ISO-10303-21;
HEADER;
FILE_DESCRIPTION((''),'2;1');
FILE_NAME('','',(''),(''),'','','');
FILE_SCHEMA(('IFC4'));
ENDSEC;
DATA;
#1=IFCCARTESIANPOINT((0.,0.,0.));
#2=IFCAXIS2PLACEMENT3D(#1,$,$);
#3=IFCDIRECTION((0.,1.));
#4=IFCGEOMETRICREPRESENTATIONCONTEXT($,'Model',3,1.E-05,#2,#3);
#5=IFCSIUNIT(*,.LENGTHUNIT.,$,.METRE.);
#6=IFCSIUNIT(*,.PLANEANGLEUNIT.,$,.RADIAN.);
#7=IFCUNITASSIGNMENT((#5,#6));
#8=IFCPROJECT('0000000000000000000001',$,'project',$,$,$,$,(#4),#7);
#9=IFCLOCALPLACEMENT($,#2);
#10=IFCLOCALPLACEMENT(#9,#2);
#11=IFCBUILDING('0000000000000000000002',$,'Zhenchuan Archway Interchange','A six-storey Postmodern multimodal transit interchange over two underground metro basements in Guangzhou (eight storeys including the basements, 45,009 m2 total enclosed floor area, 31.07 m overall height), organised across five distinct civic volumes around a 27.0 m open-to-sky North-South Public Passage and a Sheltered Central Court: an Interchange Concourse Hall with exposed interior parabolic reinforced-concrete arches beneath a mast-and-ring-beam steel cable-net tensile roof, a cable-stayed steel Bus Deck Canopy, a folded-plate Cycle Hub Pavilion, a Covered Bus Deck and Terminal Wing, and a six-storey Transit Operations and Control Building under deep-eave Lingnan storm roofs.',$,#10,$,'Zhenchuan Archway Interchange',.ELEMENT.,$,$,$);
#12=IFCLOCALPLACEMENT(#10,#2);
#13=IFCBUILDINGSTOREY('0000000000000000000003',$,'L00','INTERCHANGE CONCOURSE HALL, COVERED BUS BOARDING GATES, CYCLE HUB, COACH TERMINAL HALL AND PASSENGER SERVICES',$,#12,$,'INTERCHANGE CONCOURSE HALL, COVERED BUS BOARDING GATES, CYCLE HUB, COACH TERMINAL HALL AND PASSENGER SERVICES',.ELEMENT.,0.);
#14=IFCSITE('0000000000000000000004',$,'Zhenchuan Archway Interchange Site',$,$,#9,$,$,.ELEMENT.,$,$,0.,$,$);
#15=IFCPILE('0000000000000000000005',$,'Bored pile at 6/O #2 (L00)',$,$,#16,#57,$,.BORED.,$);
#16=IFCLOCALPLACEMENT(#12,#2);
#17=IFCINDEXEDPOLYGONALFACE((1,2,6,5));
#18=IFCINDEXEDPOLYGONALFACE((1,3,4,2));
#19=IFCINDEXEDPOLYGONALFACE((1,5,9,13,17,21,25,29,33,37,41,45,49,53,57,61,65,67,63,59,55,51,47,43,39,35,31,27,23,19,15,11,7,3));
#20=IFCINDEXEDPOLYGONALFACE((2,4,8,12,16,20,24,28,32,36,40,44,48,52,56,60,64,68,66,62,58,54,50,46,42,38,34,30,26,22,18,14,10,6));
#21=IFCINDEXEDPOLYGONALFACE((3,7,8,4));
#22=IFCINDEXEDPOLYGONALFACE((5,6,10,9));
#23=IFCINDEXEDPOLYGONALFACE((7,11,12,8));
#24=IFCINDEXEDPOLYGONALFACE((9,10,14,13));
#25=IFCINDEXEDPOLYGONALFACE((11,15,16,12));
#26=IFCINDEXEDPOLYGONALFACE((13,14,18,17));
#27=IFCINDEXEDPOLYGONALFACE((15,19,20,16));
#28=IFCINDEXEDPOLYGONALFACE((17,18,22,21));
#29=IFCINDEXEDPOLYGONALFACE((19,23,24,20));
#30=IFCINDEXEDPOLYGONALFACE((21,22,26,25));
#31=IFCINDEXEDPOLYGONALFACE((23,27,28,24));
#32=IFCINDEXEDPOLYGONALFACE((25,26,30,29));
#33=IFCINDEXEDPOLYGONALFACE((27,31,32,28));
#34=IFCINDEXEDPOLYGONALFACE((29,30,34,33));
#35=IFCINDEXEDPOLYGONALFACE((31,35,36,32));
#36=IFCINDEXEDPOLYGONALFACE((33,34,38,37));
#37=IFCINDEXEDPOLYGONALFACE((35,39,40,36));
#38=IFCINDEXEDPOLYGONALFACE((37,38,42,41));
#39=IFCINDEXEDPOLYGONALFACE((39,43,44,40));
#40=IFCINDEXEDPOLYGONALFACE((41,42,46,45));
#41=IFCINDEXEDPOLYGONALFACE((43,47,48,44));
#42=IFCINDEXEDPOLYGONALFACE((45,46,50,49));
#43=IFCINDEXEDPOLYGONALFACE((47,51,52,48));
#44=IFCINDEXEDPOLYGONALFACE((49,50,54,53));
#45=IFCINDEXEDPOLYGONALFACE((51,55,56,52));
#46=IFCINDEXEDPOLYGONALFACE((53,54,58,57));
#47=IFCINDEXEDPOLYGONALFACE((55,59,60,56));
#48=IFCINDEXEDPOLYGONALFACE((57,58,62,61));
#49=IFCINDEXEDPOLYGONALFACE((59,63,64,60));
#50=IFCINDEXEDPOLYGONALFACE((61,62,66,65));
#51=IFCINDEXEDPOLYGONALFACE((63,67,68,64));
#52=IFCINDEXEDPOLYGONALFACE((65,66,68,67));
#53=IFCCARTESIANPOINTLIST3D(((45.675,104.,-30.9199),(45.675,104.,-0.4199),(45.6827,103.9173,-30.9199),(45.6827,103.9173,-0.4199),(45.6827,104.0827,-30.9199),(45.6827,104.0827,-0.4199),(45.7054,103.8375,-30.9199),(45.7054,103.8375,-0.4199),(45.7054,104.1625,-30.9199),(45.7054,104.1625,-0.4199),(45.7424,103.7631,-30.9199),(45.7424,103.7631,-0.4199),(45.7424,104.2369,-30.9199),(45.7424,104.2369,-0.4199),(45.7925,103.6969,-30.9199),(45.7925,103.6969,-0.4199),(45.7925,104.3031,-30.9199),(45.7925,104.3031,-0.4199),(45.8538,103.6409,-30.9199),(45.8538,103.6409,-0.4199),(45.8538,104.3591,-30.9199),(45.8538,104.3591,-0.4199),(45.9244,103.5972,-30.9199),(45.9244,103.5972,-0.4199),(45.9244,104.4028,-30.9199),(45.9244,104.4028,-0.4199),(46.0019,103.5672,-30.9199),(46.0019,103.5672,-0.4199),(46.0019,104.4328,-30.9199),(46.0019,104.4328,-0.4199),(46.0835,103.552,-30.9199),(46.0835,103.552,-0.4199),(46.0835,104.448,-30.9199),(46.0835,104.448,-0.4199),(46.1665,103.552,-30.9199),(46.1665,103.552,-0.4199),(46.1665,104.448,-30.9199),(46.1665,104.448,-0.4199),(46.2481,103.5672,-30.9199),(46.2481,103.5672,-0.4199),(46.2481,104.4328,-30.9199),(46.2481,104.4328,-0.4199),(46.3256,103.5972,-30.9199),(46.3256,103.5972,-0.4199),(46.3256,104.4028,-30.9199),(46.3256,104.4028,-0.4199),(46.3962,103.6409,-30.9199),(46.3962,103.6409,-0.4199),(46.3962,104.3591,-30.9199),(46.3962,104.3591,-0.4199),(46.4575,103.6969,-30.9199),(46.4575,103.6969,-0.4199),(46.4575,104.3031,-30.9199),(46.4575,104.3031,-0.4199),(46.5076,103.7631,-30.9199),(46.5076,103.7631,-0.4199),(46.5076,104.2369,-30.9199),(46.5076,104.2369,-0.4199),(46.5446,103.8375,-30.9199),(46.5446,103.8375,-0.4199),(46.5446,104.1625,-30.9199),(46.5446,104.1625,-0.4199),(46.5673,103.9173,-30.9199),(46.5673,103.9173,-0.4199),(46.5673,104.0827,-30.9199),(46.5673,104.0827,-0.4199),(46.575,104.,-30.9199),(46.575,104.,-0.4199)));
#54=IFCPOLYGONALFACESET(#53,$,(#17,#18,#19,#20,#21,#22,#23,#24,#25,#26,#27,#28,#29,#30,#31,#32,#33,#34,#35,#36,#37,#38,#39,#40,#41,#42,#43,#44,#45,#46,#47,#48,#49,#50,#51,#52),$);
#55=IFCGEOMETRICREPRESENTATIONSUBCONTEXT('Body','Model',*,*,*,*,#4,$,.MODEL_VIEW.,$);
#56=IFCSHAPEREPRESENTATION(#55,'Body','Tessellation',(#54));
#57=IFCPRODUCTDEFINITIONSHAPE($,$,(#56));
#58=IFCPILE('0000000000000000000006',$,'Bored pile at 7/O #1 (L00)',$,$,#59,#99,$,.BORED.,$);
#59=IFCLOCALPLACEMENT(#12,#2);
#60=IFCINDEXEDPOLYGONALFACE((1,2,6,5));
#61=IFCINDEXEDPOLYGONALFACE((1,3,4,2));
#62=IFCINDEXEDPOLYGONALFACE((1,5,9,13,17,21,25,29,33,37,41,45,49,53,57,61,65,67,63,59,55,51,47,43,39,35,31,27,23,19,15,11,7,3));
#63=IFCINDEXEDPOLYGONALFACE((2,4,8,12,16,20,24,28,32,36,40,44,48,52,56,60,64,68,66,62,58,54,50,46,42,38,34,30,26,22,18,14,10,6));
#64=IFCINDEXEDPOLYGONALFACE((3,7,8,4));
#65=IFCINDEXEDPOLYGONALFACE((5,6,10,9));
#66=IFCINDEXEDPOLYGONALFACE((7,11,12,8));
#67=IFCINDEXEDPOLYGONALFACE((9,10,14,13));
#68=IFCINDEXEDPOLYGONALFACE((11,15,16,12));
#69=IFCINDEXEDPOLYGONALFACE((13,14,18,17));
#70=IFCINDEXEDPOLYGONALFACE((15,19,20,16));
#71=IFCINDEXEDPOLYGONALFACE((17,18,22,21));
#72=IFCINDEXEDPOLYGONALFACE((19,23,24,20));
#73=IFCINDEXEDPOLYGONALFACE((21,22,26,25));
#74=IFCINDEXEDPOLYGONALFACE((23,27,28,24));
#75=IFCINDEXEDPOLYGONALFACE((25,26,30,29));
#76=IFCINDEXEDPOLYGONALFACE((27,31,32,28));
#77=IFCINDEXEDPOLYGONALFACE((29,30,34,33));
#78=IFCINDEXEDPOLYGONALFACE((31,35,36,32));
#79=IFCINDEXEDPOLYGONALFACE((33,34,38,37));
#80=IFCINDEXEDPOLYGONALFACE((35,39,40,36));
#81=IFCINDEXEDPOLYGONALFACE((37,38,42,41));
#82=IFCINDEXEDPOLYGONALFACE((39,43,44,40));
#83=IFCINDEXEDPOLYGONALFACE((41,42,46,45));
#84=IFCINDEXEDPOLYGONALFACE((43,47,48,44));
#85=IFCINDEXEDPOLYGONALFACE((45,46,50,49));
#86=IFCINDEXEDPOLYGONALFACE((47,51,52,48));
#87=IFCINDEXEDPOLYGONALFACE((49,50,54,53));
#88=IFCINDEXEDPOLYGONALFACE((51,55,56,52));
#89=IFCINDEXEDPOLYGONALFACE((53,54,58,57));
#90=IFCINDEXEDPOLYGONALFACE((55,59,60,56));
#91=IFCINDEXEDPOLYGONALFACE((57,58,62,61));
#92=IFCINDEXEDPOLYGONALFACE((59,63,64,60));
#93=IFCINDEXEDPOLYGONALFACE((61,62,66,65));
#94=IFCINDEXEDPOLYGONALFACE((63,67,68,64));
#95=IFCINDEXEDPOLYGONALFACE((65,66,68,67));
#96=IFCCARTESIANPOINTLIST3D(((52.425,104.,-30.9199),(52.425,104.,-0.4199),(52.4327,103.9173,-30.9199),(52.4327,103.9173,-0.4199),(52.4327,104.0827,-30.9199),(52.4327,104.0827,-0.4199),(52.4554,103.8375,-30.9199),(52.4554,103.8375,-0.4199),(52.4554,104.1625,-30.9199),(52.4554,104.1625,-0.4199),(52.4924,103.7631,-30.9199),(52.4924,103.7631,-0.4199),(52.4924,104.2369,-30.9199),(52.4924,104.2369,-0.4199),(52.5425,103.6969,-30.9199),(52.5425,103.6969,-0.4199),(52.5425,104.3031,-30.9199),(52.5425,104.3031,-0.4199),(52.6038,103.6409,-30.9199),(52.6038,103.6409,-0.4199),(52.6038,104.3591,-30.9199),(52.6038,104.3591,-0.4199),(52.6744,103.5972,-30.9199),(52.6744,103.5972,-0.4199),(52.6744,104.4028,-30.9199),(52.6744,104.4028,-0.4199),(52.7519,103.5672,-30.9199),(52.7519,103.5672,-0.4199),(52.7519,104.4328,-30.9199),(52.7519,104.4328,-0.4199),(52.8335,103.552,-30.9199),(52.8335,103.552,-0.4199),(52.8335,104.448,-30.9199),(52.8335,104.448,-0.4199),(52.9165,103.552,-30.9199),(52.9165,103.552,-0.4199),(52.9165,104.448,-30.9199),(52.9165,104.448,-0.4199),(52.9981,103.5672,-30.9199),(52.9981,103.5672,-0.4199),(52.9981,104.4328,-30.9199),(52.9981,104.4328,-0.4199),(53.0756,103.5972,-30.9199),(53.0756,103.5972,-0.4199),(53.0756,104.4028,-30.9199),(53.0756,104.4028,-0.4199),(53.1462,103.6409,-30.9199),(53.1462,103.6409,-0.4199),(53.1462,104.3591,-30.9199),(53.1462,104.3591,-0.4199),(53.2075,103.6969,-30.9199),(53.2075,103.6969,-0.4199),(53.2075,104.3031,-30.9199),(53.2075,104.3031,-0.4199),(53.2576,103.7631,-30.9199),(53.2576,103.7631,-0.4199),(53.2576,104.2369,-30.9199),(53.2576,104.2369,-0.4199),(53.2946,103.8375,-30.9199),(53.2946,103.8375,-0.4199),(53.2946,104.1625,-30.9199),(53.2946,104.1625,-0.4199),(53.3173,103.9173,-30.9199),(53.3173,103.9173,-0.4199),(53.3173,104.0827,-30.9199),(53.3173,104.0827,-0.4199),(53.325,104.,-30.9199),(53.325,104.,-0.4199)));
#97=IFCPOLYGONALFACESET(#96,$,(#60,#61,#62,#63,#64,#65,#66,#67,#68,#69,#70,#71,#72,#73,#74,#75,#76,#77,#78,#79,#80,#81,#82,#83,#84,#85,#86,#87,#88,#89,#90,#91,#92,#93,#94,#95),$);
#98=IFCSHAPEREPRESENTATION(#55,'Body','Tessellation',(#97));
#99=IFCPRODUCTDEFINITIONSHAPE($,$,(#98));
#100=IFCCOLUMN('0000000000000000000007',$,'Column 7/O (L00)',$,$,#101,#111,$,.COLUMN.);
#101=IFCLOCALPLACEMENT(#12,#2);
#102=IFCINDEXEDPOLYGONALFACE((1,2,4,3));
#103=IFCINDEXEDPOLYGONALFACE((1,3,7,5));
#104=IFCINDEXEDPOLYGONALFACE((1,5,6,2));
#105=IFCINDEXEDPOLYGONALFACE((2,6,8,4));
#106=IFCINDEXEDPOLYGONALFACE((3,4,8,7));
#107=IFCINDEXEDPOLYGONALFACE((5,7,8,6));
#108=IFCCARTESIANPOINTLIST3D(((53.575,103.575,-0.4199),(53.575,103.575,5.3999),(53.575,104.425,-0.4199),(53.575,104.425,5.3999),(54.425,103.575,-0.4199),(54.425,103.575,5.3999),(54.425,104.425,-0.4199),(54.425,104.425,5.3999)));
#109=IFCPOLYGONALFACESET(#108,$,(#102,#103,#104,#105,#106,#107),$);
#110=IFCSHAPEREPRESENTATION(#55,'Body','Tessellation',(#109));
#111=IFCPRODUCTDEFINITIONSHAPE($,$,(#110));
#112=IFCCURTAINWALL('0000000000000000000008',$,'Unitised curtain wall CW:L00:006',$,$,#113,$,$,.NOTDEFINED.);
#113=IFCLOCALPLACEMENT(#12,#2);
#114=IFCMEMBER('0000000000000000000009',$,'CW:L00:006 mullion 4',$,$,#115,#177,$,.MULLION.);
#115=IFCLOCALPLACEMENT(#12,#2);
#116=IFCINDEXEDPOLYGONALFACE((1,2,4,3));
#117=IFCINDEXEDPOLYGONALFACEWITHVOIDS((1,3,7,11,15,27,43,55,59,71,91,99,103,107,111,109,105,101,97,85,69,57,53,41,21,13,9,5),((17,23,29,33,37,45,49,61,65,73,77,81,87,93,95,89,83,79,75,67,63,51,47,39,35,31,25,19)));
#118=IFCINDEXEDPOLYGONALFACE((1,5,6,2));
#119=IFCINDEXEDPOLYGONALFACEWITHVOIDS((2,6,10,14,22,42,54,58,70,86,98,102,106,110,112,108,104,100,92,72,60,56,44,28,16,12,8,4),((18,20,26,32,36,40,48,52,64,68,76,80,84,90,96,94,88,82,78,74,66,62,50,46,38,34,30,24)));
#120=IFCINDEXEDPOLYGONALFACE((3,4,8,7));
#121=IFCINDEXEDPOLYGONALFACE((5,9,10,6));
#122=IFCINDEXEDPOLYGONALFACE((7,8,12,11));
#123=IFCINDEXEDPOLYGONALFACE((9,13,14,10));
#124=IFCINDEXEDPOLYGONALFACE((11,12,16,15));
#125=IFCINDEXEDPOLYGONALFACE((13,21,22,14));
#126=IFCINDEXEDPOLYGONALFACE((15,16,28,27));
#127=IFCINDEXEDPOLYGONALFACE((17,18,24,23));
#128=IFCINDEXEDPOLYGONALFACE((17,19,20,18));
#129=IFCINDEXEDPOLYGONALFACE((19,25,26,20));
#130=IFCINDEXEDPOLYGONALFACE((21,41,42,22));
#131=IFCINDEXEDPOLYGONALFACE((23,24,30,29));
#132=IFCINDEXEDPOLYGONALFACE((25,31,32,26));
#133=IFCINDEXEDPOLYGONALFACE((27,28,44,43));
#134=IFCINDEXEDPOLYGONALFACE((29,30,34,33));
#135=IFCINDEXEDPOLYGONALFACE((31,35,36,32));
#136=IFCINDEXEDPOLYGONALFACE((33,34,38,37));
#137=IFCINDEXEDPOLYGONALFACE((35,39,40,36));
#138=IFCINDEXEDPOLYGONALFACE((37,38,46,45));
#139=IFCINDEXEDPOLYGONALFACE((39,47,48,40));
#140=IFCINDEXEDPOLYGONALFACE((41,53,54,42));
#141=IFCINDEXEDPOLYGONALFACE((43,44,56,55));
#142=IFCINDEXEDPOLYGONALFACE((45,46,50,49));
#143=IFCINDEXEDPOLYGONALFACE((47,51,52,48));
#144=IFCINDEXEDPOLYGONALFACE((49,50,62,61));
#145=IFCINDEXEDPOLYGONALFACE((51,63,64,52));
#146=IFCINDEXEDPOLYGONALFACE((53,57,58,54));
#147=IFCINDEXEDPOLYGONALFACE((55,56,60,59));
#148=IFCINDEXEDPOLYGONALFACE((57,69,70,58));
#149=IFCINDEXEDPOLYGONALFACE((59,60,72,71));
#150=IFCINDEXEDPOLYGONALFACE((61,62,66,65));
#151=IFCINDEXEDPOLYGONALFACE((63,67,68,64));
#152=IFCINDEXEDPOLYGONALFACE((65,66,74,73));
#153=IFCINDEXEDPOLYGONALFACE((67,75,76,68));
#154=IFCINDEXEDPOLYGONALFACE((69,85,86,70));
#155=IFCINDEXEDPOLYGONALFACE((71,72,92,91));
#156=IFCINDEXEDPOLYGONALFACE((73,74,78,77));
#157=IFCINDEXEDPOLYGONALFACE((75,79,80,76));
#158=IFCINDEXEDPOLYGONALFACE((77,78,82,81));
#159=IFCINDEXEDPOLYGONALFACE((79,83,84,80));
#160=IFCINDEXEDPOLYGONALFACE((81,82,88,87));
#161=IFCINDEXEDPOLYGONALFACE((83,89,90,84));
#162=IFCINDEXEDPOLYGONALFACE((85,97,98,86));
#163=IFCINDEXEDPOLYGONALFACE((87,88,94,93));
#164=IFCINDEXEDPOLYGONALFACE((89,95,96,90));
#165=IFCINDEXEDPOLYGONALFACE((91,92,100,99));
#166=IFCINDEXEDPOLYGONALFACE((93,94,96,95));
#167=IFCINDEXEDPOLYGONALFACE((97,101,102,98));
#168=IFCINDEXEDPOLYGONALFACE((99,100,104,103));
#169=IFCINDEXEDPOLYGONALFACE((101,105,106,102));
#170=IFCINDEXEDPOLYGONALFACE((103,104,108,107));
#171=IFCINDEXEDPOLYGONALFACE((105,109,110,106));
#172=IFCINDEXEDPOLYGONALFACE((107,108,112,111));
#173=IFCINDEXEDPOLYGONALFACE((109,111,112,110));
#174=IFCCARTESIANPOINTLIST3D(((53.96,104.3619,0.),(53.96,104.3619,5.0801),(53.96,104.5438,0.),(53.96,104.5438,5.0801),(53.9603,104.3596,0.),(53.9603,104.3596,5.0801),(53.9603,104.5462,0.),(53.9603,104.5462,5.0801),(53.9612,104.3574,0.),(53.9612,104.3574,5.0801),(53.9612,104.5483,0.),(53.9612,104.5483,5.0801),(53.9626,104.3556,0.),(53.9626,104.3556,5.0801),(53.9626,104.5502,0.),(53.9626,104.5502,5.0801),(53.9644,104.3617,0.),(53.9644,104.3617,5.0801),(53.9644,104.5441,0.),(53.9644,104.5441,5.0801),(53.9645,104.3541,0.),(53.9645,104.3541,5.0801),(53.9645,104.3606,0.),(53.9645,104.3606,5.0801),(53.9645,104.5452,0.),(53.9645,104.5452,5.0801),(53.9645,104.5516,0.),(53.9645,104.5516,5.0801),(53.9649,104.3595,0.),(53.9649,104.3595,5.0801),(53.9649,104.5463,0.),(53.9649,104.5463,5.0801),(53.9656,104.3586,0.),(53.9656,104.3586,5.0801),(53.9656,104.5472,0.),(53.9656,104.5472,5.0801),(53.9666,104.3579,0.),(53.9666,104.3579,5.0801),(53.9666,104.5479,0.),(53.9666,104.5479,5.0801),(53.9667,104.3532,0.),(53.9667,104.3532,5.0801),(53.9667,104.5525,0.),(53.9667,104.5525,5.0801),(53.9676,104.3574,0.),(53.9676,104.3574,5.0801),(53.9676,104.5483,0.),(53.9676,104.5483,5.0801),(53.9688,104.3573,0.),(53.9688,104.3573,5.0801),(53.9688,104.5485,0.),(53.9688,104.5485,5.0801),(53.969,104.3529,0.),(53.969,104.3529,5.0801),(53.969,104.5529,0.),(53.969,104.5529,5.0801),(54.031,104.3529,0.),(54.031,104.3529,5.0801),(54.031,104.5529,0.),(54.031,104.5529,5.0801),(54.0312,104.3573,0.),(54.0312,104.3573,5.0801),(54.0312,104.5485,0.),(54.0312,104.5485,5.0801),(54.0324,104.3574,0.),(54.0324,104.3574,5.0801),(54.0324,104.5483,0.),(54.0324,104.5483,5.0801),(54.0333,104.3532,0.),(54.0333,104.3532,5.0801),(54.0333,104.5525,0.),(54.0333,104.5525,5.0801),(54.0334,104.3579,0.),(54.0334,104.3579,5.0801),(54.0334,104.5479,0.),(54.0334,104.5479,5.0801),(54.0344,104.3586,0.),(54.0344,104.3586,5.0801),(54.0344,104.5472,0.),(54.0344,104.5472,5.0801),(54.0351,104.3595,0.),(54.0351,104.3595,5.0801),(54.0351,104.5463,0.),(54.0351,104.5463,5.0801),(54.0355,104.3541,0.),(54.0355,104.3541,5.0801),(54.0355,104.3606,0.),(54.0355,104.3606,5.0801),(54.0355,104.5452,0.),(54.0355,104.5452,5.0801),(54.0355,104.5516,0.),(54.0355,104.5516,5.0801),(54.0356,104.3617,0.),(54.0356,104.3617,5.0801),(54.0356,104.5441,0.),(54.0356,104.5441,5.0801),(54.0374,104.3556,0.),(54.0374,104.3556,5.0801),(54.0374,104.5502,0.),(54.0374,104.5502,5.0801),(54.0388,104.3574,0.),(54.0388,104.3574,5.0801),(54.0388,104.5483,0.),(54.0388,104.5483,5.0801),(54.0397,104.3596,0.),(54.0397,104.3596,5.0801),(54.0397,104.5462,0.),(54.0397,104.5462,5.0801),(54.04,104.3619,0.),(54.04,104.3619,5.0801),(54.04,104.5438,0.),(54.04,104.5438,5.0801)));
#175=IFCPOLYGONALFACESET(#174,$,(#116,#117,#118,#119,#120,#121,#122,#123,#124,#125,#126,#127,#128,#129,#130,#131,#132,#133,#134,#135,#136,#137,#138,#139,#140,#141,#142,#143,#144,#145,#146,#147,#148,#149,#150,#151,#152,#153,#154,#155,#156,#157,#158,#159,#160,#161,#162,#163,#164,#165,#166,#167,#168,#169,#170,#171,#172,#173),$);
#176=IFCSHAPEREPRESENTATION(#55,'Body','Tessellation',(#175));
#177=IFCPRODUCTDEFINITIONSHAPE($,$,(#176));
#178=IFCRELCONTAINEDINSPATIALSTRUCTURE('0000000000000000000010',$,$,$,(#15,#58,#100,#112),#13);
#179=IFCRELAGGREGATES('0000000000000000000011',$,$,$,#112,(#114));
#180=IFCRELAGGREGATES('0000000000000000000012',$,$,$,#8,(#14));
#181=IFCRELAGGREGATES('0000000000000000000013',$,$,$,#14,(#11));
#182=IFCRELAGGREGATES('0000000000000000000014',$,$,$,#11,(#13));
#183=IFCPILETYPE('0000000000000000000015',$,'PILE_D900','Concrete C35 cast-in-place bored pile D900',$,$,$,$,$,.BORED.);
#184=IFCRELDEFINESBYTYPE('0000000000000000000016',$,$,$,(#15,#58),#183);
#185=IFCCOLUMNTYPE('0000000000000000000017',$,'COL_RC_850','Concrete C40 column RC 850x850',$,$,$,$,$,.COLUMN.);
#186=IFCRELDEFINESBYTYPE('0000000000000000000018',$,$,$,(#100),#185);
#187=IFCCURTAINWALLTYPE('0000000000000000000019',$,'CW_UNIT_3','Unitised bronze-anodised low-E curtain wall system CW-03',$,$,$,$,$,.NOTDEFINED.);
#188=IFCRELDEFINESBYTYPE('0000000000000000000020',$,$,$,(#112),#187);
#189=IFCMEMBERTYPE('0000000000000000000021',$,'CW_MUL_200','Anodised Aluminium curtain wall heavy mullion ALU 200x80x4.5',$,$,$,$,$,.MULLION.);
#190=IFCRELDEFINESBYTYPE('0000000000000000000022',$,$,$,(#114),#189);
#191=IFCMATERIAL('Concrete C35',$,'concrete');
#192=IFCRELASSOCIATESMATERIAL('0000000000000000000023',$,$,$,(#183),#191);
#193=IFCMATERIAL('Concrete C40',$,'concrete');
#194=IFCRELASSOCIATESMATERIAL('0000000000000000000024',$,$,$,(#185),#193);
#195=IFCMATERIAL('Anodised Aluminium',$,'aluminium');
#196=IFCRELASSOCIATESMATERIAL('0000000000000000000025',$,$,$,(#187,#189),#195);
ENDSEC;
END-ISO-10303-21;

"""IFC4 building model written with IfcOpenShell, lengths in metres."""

from ifc_helpers import new_model, si_unit, direction, frame, origin, origin_2d, place, context, subcontext, project, spatial, rectangle, hollow_rectangle, circle, extrude, material, material_profile, profile_set, type_object, element, aggregate, save


model = new_model("IFC4")

# Units and contexts
model_context = context("Model", 3, precision=1e-05, world=origin(), true_north=direction((0.0, 1.0)))
body_context = subcontext(model_context, "Body", "Model", "MODEL_VIEW")
ifc_project = project(units=[si_unit("LENGTHUNIT", "METRE"), si_unit("PLANEANGLEUNIT", "RADIAN")], contexts=[model_context])

# Site, building, storey
site_placement = place(None, origin())
site = spatial("IfcSite", under=ifc_project, at=site_placement, Name="Zhenchuan Archway Interchange Site", CompositionType="ELEMENT", RefElevation=0.0)
building_placement = place(site_placement, origin())
building = spatial("IfcBuilding", under=site, at=building_placement, Name="Zhenchuan Archway Interchange", Description="A six-storey Postmodern multimodal transit interchange over two underground metro basements in Guangzhou (eight storeys including the basements, 45,009 m2 total enclosed floor area, 31.07 m overall height), organised across five distinct civic volumes around a 27.0 m open-to-sky North-South Public Passage and a Sheltered Central Court: an Interchange Concourse Hall with exposed interior parabolic reinforced-concrete arches beneath a mast-and-ring-beam steel cable-net tensile roof, a cable-stayed steel Bus Deck Canopy, a folded-plate Cycle Hub Pavilion, a Covered Bus Deck and Terminal Wing, and a six-storey Transit Operations and Control Building under deep-eave Lingnan storm roofs.", LongName="Zhenchuan Archway Interchange", CompositionType="ELEMENT")
storey_placement = place(building_placement, origin())
storey = spatial("IfcBuildingStorey", under=building, at=storey_placement, Name="L00", Description="INTERCHANGE CONCOURSE HALL, COVERED BUS BOARDING GATES, CYCLE HUB, COACH TERMINAL HALL AND PASSENGER SERVICES", LongName="INTERCHANGE CONCOURSE HALL, COVERED BUS BOARDING GATES, CYCLE HUB, COACH TERMINAL HALL AND PASSENGER SERVICES", CompositionType="ELEMENT", Elevation=0.0)

# Shared definitions
ifc_material_1 = material(Name="Concrete C40", Category="concrete")

# Piles
ifc_material_2 = material(Name="Concrete C35", Category="concrete")
ifc_material_profile_1 = material_profile(ifc_material_2, circle(Radius=0.45, at=origin_2d()), Name="BORED PILE 900")
ifc_profile_set_1 = profile_set([ifc_material_profile_1], Name="Concrete C35")
pile_type_1 = type_object("IfcPileType", Name="PILE_D900", Description="Concrete C35 cast-in-place bored pile D900", PredefinedType="BORED", material=ifc_profile_set_1)
for number, where, z_axis, x_axis, name in (
    (1, (46.125, 104.0, -0.4199), (0.0, 0.0, -1.0), (1.0, 0.0, 0.0), "Bored pile at 6/O #2 (L00)"),
    (2, (52.875, 104.0, -0.4199), (0.0, 0.0, -1.0), (1.0, 0.0, 0.0), "Bored pile at 7/O #1 (L00)"),
):
    element("IfcPile", number, at=place(storey_placement, frame(where, z_axis=z_axis, x_axis=x_axis)), inside=storey, type_object=pile_type_1, Name=name, PredefinedType="BORED", context=body_context, shape_type="SweptSolid", body=[
        extrude(circle(Radius=0.45, at=origin_2d()), origin(), (0.0, 0.0, 1.0), 30.5),
    ])

# Column
ifc_material_profile_2 = material_profile(ifc_material_1, rectangle(XDim=0.8501, YDim=0.8501, at=origin_2d()), Name="RC 850x850")
ifc_profile_set_2 = profile_set([ifc_material_profile_2], Name="Concrete C40")
column_type = type_object("IfcColumnType", Name="COL_RC_850", Description="Concrete C40 column RC 850x850", PredefinedType="COLUMN", material=ifc_profile_set_2)
column_placement = place(storey_placement, frame((54.0, 104.0, -0.4199), z_axis=(0.0, 0.0, 1.0), x_axis=(1.0, 0.0, 0.0)))
element("IfcColumn", 3, at=column_placement, inside=storey, type_object=column_type, Name="Column 7/O (L00)", PredefinedType="COLUMN", context=body_context, shape_type="SweptSolid", body=[
    extrude(rectangle(XDim=0.8501, YDim=0.8501, at=origin_2d()), origin(), (0.0, 0.0, 1.0), 5.8198),
])

# Curtain wall, member
ifc_material_3 = material(Name="Anodised Aluminium", Category="aluminium")
curtain_wall_type = type_object("IfcCurtainWallType", Name="CW_UNIT_3", Description="Unitised bronze-anodised low-E curtain wall system CW-03", PredefinedType="NOTDEFINED", material=ifc_material_3)
curtain_wall_placement = place(storey_placement, origin())
curtain_wall = element("IfcCurtainWall", 4, at=curtain_wall_placement, inside=storey, type_object=curtain_wall_type, Name="Unitised curtain wall CW:L00:006", PredefinedType="NOTDEFINED")
ifc_material_profile_3 = material_profile(ifc_material_3, hollow_rectangle(XDim=0.0801, YDim=0.2, WallThickness=0.0044, InnerFilletRadius=0.0044, OuterFilletRadius=0.009, at=origin_2d()), Name="ALU 200x80x4.5")
ifc_profile_set_3 = profile_set([ifc_material_profile_3], Name="Anodised Aluminium")
member_type = type_object("IfcMemberType", Name="CW_MUL_200", Description="Anodised Aluminium curtain wall heavy mullion ALU 200x80x4.5", PredefinedType="MULLION", material=ifc_profile_set_3)
member_placement = place(storey_placement, frame((54.0, 104.4529, 0.0), z_axis=(0.0, 0.0, 1.0), x_axis=(1.0, 0.0, 0.0)))
member = element("IfcMember", 5, at=member_placement, type_object=member_type, Name="CW:L00:006 mullion 4", PredefinedType="MULLION", context=body_context, shape_type="SweptSolid", body=[
    extrude(hollow_rectangle(XDim=0.0801, YDim=0.2, WallThickness=0.0044, InnerFilletRadius=0.0044, OuterFilletRadius=0.009, at=origin_2d()), origin(), (0.0, 0.0, 1.0), 5.0801),
])

aggregate(curtain_wall, [member])

save(model, "model.ifc")
